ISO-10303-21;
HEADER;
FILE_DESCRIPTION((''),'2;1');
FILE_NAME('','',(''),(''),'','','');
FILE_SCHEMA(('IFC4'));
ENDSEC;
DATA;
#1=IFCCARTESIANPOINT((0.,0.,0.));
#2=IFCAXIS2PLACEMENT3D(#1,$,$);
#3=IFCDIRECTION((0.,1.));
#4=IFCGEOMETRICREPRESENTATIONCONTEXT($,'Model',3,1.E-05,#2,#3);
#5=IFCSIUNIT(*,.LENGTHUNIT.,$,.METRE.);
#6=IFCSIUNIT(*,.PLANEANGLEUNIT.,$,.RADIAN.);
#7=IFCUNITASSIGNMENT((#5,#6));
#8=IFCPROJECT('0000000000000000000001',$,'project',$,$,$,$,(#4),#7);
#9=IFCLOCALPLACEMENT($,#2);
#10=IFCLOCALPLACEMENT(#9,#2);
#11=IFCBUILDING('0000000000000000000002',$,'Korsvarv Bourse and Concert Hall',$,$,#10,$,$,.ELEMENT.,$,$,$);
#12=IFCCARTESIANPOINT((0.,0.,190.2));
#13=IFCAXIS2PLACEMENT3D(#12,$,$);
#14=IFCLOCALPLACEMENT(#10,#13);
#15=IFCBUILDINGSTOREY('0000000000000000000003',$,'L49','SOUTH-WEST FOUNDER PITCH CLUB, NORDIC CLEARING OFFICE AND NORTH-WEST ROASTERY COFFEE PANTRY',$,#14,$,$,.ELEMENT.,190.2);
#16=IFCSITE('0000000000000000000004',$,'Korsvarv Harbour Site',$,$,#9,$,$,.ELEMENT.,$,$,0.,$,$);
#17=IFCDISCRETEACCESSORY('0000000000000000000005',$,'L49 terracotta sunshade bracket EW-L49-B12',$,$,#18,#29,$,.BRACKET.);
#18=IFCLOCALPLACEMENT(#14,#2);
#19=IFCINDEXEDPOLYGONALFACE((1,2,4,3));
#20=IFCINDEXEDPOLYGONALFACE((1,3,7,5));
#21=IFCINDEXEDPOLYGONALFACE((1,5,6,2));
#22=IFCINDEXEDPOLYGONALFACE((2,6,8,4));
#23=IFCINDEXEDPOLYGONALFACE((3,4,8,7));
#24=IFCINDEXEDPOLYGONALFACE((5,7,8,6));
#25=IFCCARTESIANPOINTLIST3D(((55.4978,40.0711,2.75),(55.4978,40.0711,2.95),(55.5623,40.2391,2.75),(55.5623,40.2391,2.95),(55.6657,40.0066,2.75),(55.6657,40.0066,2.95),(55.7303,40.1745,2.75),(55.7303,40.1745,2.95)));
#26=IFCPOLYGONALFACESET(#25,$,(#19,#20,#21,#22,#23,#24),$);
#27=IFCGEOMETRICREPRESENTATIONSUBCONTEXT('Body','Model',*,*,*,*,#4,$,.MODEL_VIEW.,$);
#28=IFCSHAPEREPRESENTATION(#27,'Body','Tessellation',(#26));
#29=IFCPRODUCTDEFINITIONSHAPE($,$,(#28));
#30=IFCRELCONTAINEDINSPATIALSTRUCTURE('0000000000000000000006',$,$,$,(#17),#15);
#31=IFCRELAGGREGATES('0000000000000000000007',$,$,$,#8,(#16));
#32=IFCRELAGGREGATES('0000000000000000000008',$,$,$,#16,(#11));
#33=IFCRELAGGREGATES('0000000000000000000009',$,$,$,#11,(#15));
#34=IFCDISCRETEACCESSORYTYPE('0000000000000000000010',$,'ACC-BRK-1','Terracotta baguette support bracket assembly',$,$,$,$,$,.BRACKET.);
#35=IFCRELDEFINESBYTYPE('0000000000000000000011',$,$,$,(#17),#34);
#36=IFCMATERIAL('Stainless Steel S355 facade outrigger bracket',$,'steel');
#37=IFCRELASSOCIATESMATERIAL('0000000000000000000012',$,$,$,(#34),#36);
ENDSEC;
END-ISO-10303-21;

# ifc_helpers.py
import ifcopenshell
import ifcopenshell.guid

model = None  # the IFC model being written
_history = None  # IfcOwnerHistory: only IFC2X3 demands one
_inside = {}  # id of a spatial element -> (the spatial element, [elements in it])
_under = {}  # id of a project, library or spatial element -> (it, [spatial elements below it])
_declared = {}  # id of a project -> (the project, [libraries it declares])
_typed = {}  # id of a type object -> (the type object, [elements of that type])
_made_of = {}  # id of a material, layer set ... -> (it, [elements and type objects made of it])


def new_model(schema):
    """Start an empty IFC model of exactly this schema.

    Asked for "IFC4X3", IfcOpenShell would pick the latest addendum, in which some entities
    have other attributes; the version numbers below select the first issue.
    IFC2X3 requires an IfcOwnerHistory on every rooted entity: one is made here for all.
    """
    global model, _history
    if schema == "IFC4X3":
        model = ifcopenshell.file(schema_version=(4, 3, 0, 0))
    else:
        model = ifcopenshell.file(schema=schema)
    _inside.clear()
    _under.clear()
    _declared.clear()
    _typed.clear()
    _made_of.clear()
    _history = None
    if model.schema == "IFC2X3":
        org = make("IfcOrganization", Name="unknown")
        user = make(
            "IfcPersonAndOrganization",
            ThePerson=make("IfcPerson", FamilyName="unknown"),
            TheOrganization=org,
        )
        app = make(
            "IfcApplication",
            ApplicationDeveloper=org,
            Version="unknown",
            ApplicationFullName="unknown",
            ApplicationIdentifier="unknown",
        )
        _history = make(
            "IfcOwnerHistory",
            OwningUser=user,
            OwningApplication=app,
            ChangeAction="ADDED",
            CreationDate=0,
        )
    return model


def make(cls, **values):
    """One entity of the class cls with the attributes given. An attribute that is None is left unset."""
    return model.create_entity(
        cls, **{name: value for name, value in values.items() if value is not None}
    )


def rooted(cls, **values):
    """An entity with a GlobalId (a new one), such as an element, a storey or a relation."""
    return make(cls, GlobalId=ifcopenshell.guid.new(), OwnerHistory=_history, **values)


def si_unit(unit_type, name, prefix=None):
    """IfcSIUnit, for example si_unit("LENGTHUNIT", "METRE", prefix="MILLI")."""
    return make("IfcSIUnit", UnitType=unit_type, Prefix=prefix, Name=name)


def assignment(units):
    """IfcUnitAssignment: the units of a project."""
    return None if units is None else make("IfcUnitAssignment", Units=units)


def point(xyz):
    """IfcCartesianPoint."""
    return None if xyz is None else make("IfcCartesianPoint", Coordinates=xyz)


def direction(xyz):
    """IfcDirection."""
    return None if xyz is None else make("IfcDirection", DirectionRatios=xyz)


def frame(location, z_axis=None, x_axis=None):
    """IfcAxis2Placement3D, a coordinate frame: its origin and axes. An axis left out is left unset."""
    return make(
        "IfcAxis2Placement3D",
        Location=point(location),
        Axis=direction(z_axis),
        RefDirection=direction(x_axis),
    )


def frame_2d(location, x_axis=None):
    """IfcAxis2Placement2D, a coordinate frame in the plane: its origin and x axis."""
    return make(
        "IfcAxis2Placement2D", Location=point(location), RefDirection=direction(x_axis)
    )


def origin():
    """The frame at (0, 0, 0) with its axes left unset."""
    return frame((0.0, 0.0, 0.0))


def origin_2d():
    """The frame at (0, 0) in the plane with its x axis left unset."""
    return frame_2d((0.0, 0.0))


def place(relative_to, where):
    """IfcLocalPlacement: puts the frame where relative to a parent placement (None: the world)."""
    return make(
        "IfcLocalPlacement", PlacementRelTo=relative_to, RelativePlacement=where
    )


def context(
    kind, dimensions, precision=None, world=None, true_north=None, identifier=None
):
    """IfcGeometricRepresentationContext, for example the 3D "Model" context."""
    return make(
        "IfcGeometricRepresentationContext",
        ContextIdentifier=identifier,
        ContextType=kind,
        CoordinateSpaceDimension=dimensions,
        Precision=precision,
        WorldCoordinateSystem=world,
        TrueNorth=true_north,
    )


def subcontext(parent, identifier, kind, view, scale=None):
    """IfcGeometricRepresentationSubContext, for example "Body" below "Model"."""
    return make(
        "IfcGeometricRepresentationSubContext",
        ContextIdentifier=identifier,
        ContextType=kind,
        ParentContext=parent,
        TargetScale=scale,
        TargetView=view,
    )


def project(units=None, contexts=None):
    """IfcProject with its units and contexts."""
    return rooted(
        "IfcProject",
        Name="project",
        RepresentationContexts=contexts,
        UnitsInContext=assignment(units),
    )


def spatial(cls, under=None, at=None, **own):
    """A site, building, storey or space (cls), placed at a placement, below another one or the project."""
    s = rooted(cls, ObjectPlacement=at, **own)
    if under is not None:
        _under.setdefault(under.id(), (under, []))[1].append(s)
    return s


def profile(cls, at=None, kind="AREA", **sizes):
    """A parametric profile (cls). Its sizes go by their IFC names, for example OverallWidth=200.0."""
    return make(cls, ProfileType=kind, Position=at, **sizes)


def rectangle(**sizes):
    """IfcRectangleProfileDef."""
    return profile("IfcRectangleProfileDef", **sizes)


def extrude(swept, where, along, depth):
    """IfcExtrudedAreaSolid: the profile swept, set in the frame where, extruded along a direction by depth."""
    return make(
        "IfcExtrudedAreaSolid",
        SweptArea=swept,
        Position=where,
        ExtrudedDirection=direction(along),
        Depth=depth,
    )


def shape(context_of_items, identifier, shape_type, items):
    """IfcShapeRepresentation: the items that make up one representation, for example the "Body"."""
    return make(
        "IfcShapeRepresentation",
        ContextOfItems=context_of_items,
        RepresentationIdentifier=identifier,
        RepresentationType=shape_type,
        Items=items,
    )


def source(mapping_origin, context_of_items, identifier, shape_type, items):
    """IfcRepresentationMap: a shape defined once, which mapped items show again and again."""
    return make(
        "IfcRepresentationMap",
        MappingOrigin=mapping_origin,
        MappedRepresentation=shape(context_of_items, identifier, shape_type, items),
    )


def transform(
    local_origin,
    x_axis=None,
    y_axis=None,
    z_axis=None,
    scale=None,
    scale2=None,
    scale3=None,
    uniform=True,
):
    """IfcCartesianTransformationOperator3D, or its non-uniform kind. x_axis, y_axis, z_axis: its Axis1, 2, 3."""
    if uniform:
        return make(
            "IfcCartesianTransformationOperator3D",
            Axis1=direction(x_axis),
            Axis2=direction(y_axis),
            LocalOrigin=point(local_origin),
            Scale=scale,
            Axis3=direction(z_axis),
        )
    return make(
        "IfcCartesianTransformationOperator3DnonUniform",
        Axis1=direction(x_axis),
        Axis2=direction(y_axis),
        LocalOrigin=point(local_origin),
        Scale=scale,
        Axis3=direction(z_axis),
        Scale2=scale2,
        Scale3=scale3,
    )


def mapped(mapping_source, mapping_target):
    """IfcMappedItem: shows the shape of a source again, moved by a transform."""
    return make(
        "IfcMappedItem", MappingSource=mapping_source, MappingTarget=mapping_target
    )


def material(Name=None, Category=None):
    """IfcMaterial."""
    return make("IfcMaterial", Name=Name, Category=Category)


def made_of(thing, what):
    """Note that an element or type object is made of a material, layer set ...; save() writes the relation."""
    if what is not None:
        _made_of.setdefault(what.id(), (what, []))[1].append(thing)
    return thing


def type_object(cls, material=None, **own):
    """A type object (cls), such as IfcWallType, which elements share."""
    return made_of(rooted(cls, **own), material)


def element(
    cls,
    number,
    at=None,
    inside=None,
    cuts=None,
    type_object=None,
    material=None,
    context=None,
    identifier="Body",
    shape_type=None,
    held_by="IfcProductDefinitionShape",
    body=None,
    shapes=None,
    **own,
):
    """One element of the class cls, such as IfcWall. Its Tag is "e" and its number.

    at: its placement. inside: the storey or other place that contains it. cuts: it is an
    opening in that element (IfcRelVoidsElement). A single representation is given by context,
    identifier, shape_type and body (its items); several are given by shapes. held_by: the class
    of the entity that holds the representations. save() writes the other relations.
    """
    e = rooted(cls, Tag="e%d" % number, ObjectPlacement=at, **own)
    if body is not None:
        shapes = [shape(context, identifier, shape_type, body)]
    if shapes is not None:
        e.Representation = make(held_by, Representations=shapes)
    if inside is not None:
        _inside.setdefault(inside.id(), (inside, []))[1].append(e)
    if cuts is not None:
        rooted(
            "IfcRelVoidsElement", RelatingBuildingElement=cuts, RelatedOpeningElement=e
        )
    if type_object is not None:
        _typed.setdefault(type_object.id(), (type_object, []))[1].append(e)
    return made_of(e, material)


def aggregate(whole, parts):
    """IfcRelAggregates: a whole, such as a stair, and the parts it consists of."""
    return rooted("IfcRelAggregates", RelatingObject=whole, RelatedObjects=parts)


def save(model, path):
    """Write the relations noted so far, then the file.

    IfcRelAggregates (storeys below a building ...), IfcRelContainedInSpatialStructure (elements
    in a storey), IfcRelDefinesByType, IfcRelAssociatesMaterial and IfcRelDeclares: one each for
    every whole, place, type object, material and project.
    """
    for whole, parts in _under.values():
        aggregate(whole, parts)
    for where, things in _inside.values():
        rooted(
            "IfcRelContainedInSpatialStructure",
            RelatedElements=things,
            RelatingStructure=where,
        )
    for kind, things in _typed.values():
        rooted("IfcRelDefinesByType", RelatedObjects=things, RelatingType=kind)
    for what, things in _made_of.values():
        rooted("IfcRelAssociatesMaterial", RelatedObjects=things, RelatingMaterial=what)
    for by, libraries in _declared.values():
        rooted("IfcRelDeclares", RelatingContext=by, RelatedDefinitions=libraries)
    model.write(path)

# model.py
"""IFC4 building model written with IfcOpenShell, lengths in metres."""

from ifc_helpers import new_model, si_unit, direction, frame, origin, origin_2d, place, context, subcontext, project, spatial, rectangle, extrude, source, transform, mapped, material, type_object, element, save


model = new_model("IFC4")

# Units and contexts
model_context = context("Model", 3, precision=1e-05, world=origin(), true_north=direction((0.0, 1.0)))
body_context = subcontext(model_context, "Body", "Model", "MODEL_VIEW")
ifc_project = project(units=[si_unit("LENGTHUNIT", "METRE"), si_unit("PLANEANGLEUNIT", "RADIAN")], contexts=[model_context])

# Site, building, storey
site_placement = place(None, origin())
site = spatial("IfcSite", under=ifc_project, at=site_placement, Name="Korsvarv Harbour Site", CompositionType="ELEMENT", RefElevation=0.0)
building_placement = place(site_placement, origin())
building = spatial("IfcBuilding", under=site, at=building_placement, Name="Korsvarv Bourse and Concert Hall", CompositionType="ELEMENT")
storey_placement = place(building_placement, frame((0.0, 0.0, 190.2)))
storey = spatial("IfcBuildingStorey", under=building, at=storey_placement, Name="L49", Description="SOUTH-WEST FOUNDER PITCH CLUB, NORDIC CLEARING OFFICE AND NORTH-WEST ROASTERY COFFEE PANTRY", CompositionType="ELEMENT", Elevation=190.2)

# Discrete accessory
ifc_material_1 = material(Name="Stainless Steel S355 facade outrigger bracket", Category="steel")
discrete_accessory_type = type_object("IfcDiscreteAccessoryType", Name="ACC-BRK-1", Description="Terracotta baguette support bracket assembly", PredefinedType="BRACKET", material=ifc_material_1)
shared_shape_1 = source(origin(), body_context, "Body", "SweptSolid", [
    extrude(rectangle(XDim=0.1799, YDim=0.1799, at=origin_2d()), origin(), (0.0, 0.0, 1.0), 0.2),
])
for number, where, z_axis, x_axis, name in (
    (1, (55.614, 40.1228, 2.75), (0.0, 0.0, 1.0), (0.358694, 0.933455, 0.0), "L49 terracotta sunshade bracket EW-L49-B12"),
):
    element("IfcDiscreteAccessory", number, at=place(storey_placement, frame(where, z_axis=z_axis, x_axis=x_axis)), inside=storey, type_object=discrete_accessory_type, Name=name, PredefinedType="BRACKET", context=body_context, shape_type="MappedRepresentation", body=[
        mapped(shared_shape_1, transform((0.0, 0.0, 0.0), scale=1.0)),
    ])

save(model, "model.ifc")
